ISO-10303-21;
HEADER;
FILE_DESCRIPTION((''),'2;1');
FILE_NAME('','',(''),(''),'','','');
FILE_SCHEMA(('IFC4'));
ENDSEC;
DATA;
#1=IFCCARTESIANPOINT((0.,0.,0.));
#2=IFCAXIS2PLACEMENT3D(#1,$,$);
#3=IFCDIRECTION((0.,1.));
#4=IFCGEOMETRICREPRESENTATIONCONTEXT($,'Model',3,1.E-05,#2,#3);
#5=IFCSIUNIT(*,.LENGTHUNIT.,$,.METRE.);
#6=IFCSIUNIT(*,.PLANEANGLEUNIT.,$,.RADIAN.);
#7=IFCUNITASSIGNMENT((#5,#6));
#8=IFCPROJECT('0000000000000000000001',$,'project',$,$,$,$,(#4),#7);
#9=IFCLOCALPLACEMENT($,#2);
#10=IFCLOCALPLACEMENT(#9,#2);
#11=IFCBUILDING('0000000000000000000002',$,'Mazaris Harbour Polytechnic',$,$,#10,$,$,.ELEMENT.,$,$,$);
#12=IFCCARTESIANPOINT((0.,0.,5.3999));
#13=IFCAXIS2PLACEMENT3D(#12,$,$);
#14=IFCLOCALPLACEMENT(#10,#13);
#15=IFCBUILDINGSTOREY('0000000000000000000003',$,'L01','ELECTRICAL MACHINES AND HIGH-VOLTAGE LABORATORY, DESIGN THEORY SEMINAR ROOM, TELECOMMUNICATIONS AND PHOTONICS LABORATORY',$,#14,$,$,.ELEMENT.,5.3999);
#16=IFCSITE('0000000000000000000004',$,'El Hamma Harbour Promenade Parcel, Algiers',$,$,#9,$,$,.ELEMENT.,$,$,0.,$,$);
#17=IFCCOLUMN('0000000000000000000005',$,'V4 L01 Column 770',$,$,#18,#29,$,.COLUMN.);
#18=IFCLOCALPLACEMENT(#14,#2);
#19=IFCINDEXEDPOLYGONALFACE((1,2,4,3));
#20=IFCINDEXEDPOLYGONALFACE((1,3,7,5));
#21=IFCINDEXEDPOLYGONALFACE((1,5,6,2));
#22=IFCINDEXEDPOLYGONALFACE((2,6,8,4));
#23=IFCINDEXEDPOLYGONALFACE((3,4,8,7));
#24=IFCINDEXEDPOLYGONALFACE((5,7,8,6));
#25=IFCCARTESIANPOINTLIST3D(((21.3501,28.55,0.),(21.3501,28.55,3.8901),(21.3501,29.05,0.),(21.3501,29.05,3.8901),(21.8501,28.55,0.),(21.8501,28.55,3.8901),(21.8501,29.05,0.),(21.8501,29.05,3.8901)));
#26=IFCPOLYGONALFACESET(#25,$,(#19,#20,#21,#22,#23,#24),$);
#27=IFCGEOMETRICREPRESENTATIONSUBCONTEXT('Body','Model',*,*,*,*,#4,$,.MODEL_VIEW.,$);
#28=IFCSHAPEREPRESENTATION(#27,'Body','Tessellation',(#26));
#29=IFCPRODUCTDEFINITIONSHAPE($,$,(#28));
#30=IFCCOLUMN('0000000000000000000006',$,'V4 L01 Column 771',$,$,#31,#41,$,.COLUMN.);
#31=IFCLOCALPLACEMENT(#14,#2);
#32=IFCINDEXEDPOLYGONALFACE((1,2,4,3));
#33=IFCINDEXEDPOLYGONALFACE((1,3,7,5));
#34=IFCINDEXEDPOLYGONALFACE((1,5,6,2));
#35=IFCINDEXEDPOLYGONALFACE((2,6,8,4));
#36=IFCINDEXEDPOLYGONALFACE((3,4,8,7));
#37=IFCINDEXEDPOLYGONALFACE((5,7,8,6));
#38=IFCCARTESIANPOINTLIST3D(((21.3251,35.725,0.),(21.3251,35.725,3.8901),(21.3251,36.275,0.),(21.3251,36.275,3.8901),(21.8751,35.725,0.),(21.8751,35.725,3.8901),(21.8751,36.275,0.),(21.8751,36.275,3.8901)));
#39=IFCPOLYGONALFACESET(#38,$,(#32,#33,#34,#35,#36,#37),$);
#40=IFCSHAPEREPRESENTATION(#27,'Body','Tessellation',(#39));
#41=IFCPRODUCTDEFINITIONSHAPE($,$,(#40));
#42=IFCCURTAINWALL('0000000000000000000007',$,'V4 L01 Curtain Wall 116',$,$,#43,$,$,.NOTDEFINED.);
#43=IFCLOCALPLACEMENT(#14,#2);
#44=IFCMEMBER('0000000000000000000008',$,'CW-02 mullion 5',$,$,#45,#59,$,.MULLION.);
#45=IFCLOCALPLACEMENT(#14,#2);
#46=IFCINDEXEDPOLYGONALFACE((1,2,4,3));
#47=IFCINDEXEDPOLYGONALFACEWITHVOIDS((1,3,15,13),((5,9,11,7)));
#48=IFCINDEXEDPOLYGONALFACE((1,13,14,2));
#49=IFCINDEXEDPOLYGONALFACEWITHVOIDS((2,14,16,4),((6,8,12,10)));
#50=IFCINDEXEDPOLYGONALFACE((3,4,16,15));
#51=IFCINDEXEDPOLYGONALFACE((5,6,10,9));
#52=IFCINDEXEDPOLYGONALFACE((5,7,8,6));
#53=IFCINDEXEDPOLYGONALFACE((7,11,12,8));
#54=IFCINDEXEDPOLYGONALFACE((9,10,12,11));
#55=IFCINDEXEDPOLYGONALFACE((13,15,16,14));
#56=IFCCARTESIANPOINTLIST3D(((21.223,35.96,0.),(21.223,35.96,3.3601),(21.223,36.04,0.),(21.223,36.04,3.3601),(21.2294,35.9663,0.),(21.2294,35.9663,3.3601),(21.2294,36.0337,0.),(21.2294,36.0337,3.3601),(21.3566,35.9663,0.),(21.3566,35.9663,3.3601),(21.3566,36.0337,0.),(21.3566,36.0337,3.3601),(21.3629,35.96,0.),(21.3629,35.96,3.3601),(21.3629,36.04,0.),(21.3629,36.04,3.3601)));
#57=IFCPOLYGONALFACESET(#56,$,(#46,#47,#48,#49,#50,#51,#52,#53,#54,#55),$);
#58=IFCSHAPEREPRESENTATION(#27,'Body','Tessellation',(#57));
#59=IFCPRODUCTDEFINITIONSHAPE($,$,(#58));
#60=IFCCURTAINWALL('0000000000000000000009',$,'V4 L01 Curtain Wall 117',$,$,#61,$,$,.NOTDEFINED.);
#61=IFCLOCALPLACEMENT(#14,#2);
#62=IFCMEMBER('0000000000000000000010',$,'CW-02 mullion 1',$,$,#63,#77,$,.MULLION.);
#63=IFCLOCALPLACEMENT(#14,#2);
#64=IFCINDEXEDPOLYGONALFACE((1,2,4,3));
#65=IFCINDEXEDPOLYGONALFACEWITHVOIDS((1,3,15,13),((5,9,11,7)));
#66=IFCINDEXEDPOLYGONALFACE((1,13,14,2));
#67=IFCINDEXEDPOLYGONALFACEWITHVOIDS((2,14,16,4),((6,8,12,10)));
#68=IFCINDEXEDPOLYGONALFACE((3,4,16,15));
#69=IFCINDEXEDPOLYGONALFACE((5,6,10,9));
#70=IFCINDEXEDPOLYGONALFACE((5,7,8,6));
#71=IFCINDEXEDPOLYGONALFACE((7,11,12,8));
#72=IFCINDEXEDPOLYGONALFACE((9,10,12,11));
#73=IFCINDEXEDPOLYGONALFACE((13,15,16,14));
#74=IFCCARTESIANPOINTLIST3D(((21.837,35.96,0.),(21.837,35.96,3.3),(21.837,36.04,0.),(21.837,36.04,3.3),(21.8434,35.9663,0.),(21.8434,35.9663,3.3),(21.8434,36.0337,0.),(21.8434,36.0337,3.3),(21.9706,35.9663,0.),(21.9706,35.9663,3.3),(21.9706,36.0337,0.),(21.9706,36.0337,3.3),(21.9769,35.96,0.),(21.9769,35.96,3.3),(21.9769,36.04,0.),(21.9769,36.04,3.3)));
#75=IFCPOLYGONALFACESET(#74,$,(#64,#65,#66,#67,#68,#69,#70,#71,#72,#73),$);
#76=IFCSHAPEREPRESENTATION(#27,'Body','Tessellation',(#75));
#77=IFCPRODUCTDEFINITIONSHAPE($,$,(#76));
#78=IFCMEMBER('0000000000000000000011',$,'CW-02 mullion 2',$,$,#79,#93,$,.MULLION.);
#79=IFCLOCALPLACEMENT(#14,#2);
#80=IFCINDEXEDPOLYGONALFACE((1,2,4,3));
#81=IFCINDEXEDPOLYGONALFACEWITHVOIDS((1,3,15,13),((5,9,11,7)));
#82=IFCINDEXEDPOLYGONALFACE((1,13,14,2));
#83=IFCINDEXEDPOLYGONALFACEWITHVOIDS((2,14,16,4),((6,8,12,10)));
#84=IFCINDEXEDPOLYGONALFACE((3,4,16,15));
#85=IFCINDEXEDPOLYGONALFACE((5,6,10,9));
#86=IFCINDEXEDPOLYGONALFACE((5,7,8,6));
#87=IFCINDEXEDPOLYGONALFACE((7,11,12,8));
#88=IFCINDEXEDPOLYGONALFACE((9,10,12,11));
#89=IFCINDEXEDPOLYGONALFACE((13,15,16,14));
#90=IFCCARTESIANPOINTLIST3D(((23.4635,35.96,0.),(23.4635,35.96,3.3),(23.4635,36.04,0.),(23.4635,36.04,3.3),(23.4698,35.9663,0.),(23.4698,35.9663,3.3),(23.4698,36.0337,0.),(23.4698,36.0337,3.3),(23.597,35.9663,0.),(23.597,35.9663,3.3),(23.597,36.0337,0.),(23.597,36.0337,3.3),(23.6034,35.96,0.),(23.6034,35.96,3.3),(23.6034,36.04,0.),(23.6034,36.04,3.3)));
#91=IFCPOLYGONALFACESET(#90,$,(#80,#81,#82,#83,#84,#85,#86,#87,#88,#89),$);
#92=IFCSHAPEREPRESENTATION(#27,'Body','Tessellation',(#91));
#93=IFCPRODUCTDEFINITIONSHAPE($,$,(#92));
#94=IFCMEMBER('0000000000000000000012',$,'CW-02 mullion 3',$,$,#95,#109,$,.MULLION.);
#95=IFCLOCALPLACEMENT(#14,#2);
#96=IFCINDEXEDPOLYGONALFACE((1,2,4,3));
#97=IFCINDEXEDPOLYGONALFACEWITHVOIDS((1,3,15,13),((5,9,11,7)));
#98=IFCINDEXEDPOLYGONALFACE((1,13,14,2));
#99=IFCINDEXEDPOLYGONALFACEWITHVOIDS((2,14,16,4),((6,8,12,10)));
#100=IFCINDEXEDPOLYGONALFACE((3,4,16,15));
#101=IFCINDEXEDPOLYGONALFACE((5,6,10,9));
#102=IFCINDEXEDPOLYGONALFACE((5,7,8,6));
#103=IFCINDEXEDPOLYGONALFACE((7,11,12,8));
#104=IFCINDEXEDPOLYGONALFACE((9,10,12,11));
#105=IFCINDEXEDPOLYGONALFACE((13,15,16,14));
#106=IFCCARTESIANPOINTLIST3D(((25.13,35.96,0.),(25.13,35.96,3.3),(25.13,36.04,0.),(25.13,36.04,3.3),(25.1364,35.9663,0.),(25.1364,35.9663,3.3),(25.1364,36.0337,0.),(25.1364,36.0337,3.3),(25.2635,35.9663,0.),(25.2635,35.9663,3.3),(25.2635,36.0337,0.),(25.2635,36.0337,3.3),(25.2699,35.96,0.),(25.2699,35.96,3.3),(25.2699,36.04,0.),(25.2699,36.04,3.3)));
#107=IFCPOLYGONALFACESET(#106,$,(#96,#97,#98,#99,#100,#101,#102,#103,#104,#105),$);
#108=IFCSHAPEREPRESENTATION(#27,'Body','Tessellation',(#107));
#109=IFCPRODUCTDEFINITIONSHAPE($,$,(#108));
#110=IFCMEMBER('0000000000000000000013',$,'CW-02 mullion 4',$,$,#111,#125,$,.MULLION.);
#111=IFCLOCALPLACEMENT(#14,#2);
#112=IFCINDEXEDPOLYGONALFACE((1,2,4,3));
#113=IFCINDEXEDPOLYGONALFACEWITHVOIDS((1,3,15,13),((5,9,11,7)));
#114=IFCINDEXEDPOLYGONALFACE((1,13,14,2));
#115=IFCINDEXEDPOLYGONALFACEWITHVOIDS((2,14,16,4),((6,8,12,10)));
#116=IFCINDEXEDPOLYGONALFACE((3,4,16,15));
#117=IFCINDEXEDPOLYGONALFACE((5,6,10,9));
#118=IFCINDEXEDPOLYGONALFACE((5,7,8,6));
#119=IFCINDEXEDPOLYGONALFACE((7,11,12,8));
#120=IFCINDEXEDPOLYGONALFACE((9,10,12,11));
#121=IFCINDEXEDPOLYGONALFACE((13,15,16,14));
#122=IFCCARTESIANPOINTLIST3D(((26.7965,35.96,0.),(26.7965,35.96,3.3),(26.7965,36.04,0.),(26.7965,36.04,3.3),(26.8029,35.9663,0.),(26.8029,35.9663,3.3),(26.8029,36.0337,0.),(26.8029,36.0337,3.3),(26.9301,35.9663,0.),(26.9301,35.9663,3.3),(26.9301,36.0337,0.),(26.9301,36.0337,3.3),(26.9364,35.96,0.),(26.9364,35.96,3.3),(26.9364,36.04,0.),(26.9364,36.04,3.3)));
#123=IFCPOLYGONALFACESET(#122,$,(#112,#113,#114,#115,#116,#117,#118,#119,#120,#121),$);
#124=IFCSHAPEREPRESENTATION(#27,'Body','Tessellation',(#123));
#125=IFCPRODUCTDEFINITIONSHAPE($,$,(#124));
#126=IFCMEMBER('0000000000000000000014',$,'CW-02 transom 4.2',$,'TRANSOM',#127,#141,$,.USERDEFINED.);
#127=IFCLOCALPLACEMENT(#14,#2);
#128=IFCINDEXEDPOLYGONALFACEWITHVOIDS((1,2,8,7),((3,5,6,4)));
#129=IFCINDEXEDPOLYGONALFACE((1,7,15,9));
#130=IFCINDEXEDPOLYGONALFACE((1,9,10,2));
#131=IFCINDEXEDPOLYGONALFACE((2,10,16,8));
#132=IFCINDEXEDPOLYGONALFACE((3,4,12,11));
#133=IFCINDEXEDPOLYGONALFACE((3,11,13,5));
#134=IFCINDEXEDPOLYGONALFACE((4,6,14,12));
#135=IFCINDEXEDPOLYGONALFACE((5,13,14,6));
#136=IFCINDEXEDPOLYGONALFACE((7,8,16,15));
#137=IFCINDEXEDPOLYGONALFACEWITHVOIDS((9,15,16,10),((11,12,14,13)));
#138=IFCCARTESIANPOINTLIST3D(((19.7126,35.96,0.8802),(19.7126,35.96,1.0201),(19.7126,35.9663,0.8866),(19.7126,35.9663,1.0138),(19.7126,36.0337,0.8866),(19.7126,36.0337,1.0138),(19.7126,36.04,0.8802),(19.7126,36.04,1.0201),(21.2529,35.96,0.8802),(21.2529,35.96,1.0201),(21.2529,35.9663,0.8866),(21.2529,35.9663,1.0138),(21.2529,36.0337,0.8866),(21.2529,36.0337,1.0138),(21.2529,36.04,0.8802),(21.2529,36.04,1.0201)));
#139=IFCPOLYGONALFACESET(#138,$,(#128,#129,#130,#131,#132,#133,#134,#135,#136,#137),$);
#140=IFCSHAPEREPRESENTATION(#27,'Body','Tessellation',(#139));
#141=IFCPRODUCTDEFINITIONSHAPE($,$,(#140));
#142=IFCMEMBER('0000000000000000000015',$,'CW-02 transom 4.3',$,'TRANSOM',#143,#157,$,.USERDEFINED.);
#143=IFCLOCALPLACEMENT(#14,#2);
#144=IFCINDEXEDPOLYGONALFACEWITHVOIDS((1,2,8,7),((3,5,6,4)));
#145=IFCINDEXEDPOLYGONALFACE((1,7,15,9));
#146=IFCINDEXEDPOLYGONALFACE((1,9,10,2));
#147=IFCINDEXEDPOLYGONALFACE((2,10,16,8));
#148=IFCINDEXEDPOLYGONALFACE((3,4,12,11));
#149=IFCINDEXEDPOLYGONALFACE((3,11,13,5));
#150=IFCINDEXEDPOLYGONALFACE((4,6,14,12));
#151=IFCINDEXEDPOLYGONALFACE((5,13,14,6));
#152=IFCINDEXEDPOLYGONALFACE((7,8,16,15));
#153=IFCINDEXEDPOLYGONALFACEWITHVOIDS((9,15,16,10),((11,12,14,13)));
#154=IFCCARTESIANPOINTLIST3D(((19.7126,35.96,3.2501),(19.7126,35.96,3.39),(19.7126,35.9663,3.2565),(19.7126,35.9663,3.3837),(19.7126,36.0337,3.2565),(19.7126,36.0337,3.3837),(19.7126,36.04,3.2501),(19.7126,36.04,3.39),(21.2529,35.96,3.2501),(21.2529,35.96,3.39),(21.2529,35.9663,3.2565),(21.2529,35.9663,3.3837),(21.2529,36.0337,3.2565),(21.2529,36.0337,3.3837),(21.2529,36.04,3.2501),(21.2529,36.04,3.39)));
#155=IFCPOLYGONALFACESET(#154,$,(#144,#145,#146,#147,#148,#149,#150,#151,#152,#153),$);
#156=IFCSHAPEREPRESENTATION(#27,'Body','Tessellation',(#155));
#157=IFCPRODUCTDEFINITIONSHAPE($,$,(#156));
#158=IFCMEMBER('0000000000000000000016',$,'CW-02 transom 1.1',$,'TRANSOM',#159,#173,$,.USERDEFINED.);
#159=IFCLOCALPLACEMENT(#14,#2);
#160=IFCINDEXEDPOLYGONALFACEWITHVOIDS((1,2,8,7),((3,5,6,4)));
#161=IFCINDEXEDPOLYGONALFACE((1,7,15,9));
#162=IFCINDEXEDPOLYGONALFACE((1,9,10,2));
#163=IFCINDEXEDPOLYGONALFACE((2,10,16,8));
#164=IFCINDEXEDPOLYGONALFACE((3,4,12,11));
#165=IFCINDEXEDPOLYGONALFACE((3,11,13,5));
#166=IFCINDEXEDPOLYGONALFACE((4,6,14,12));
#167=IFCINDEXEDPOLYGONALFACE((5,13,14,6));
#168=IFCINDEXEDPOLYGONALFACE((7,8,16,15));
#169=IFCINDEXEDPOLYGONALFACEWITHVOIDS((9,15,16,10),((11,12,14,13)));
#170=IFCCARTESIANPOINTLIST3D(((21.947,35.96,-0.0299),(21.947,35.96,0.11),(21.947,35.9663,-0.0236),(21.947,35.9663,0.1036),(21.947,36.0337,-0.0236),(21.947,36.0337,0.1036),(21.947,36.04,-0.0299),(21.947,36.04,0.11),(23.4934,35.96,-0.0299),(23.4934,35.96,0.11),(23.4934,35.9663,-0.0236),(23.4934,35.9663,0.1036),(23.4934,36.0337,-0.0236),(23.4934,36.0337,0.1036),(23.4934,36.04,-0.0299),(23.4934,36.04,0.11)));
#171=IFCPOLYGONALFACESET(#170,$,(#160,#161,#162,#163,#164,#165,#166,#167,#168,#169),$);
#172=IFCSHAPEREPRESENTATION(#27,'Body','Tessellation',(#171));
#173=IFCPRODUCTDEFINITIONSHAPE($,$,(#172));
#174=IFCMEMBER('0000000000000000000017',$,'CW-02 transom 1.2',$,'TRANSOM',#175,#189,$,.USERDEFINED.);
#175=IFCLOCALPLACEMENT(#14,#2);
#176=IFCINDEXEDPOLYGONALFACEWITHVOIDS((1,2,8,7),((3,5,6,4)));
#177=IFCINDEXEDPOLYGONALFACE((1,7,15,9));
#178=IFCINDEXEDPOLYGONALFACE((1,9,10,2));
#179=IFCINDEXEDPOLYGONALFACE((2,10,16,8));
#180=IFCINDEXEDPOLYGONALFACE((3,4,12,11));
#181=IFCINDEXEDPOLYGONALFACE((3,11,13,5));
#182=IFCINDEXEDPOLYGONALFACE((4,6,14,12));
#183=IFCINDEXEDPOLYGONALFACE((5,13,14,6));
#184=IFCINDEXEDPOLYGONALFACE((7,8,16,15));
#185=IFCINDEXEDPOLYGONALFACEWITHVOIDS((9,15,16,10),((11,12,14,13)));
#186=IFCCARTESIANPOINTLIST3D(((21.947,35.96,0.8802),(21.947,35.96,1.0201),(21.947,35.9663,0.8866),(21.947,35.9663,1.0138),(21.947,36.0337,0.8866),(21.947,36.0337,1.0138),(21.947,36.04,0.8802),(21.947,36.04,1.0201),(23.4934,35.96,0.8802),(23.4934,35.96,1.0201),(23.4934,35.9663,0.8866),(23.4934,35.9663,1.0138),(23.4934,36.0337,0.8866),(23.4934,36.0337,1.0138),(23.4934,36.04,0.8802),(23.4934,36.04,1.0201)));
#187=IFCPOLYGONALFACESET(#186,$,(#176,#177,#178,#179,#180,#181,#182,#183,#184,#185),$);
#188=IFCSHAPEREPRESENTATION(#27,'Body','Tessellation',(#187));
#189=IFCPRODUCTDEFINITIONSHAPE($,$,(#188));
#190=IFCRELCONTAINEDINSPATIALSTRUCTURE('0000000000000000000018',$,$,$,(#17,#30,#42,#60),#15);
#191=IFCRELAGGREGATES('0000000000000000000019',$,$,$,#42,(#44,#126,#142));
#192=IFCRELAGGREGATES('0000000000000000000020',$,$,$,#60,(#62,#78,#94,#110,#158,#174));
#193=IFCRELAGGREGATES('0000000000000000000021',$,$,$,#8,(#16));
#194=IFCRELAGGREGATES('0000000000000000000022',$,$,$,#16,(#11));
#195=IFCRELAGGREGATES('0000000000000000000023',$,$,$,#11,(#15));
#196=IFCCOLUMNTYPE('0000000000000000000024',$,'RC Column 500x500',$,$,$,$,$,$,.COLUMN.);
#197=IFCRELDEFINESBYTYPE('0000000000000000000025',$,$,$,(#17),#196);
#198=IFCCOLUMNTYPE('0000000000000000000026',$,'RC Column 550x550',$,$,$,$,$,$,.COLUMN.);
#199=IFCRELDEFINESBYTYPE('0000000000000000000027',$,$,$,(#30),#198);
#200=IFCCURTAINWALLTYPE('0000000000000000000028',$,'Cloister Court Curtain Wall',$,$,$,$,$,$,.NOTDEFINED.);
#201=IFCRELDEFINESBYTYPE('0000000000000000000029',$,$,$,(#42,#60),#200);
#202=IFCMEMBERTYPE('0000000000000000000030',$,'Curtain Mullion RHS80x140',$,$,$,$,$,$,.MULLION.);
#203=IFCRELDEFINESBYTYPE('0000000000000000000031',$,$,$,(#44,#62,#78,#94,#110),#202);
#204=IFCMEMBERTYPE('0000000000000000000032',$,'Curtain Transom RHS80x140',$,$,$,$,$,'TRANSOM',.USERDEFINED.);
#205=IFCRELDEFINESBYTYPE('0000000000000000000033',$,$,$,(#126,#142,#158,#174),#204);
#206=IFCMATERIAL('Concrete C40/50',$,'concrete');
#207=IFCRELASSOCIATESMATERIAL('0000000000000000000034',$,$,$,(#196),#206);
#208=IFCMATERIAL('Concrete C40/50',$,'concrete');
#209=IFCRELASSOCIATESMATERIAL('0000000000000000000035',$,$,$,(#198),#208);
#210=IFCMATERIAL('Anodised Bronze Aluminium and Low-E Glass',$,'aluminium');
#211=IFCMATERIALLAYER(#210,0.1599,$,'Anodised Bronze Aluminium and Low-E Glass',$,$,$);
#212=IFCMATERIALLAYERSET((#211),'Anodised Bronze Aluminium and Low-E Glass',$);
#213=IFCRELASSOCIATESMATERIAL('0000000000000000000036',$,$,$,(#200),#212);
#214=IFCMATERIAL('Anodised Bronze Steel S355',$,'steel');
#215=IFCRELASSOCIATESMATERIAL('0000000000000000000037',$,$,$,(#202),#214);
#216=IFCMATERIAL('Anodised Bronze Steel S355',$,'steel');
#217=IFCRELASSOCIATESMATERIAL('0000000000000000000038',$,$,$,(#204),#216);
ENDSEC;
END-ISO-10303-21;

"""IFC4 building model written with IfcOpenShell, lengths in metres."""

from ifc_helpers import new_model, si_unit, direction, frame, origin, origin_2d, place, context, subcontext, project, spatial, rectangle, hollow_rectangle, extrude, material, layer, layer_set, material_profile, profile_set, type_object, element, aggregate, save


model = new_model("IFC4")

# Units and contexts
model_context = context("Model", 3, precision=1e-05, world=origin(), true_north=direction((0.0, 1.0)))
body_context = subcontext(model_context, "Body", "Model", "MODEL_VIEW")
ifc_project = project(units=[si_unit("LENGTHUNIT", "METRE"), si_unit("PLANEANGLEUNIT", "RADIAN")], contexts=[model_context])

# Site, building, storey
site_placement = place(None, origin())
site = spatial("IfcSite", under=ifc_project, at=site_placement, Name="El Hamma Harbour Promenade Parcel, Algiers", CompositionType="ELEMENT", RefElevation=0.0)
building_placement = place(site_placement, origin())
building = spatial("IfcBuilding", under=site, at=building_placement, Name="Mazaris Harbour Polytechnic", CompositionType="ELEMENT")
storey_placement = place(building_placement, frame((0.0, 0.0, 5.3999)))
storey = spatial("IfcBuildingStorey", under=building, at=storey_placement, Name="L01", Description="ELECTRICAL MACHINES AND HIGH-VOLTAGE LABORATORY, DESIGN THEORY SEMINAR ROOM, TELECOMMUNICATIONS AND PHOTONICS LABORATORY", CompositionType="ELEMENT", Elevation=5.3999)

# Columns
ifc_material_1 = material(Name="Concrete C40/50", Category="concrete")
ifc_material_profile_1 = material_profile(ifc_material_1, rectangle(XDim=0.5, YDim=0.5, at=origin_2d()), Name="RECT500x500")
ifc_profile_set_1 = profile_set([ifc_material_profile_1], Name="Concrete C40/50")
column_type_1 = type_object("IfcColumnType", Name="RC Column 500x500", PredefinedType="COLUMN", material=ifc_profile_set_1)
column_1_placement = place(storey_placement, frame((21.6001, 28.8, 0.0), z_axis=(0.0, 0.0, 1.0), x_axis=(1.0, 0.0, 0.0)))
element("IfcColumn", 1, at=column_1_placement, inside=storey, type_object=column_type_1, Name="V4 L01 Column 770", PredefinedType="COLUMN", context=body_context, shape_type="SweptSolid", body=[
    extrude(rectangle(XDim=0.5, YDim=0.5, at=origin_2d()), origin(), (0.0, 0.0, 1.0), 3.8901),
])
ifc_material_2 = material(Name="Concrete C40/50", Category="concrete")
ifc_material_profile_2 = material_profile(ifc_material_2, rectangle(XDim=0.55, YDim=0.55, at=origin_2d()), Name="RECT550x550")
ifc_profile_set_2 = profile_set([ifc_material_profile_2], Name="Concrete C40/50")
column_type_2 = type_object("IfcColumnType", Name="RC Column 550x550", PredefinedType="COLUMN", material=ifc_profile_set_2)
column_2_placement = place(storey_placement, frame((21.6001, 36.0, 0.0), z_axis=(0.0, 0.0, 1.0), x_axis=(1.0, 0.0, 0.0)))
element("IfcColumn", 2, at=column_2_placement, inside=storey, type_object=column_type_2, Name="V4 L01 Column 771", PredefinedType="COLUMN", context=body_context, shape_type="SweptSolid", body=[
    extrude(rectangle(XDim=0.55, YDim=0.55, at=origin_2d()), origin(), (0.0, 0.0, 1.0), 3.8901),
])

# Curtain wall, member
ifc_material_3 = material(Name="Anodised Bronze Aluminium and Low-E Glass", Category="aluminium")
ifc_layer_1 = layer(ifc_material_3, 0.1599, Name="Anodised Bronze Aluminium and Low-E Glass")
ifc_layer_set_1 = layer_set([ifc_layer_1], Name="Anodised Bronze Aluminium and Low-E Glass")
curtain_wall_type = type_object("IfcCurtainWallType", Name="Cloister Court Curtain Wall", PredefinedType="NOTDEFINED", material=ifc_layer_set_1)
curtain_wall_1_placement = place(storey_placement, origin())
curtain_wall_1 = element("IfcCurtainWall", 3, at=curtain_wall_1_placement, inside=storey, type_object=curtain_wall_type, Name="V4 L01 Curtain Wall 116", PredefinedType="NOTDEFINED")
ifc_material_4 = material(Name="Anodised Bronze Steel S355", Category="steel")
ifc_material_profile_3 = material_profile(ifc_material_4, hollow_rectangle(XDim=0.0801, YDim=0.1399, WallThickness=0.0063, at=origin_2d()), Name="RHS 80x140x6.3")
ifc_profile_set_3 = profile_set([ifc_material_profile_3], Name="Anodised Bronze Steel S355")
member_type_1 = type_object("IfcMemberType", Name="Curtain Mullion RHS80x140", PredefinedType="MULLION", material=ifc_profile_set_3)
member_1_placement = place(storey_placement, frame((21.293, 36.0, 0.0), z_axis=(0.0, 0.0, 1.0), x_axis=(0.0, 1.0, 0.0)))
member_1 = element("IfcMember", 4, at=member_1_placement, type_object=member_type_1, Name="CW-02 mullion 5", PredefinedType="MULLION", context=body_context, shape_type="SweptSolid", body=[
    extrude(hollow_rectangle(XDim=0.0801, YDim=0.1399, WallThickness=0.0063, at=origin_2d()), origin(), (0.0, 0.0, 1.0), 3.3601),
])

# Curtain wall, members
curtain_wall_2_placement = place(storey_placement, origin())
curtain_wall_2 = element("IfcCurtainWall", 5, at=curtain_wall_2_placement, inside=storey, type_object=curtain_wall_type, Name="V4 L01 Curtain Wall 117", PredefinedType="NOTDEFINED")
member_2_placement = place(storey_placement, frame((21.907, 36.0, 0.0), z_axis=(0.0, 0.0, 1.0), x_axis=(0.0, 1.0, 0.0)))
member_2 = element("IfcMember", 6, at=member_2_placement, type_object=member_type_1, Name="CW-02 mullion 1", PredefinedType="MULLION", context=body_context, shape_type="SweptSolid", body=[
    extrude(hollow_rectangle(XDim=0.0801, YDim=0.1399, WallThickness=0.0063, at=origin_2d()), origin(), (0.0, 0.0, 1.0), 3.3),
])
member_3_placement = place(storey_placement, frame((23.5334, 36.0, 0.0), z_axis=(0.0, 0.0, 1.0), x_axis=(0.0, 1.0, 0.0)))
member_3 = element("IfcMember", 7, at=member_3_placement, type_object=member_type_1, Name="CW-02 mullion 2", PredefinedType="MULLION", context=body_context, shape_type="SweptSolid", body=[
    extrude(hollow_rectangle(XDim=0.0801, YDim=0.1399, WallThickness=0.0063, at=origin_2d()), origin(), (0.0, 0.0, 1.0), 3.3),
])
member_4_placement = place(storey_placement, frame((25.2, 36.0, 0.0), z_axis=(0.0, 0.0, 1.0), x_axis=(0.0, 1.0, 0.0)))
member_4 = element("IfcMember", 8, at=member_4_placement, type_object=member_type_1, Name="CW-02 mullion 3", PredefinedType="MULLION", context=body_context, shape_type="SweptSolid", body=[
    extrude(hollow_rectangle(XDim=0.0801, YDim=0.1399, WallThickness=0.0063, at=origin_2d()), origin(), (0.0, 0.0, 1.0), 3.3),
])
member_5_placement = place(storey_placement, frame((26.8665, 36.0, 0.0), z_axis=(0.0, 0.0, 1.0), x_axis=(0.0, 1.0, 0.0)))
member_5 = element("IfcMember", 9, at=member_5_placement, type_object=member_type_1, Name="CW-02 mullion 4", PredefinedType="MULLION", context=body_context, shape_type="SweptSolid", body=[
    extrude(hollow_rectangle(XDim=0.0801, YDim=0.1399, WallThickness=0.0063, at=origin_2d()), origin(), (0.0, 0.0, 1.0), 3.3),
])

# Members
ifc_material_5 = material(Name="Anodised Bronze Steel S355", Category="steel")
ifc_material_profile_4 = material_profile(ifc_material_5, hollow_rectangle(XDim=0.0801, YDim=0.1399, WallThickness=0.0063, at=origin_2d()), Name="RHS 80x140x6.3")
ifc_profile_set_4 = profile_set([ifc_material_profile_4], Name="Anodised Bronze Steel S355")
member_type_2 = type_object("IfcMemberType", Name="Curtain Transom RHS80x140", ElementType="TRANSOM", PredefinedType="USERDEFINED", material=ifc_profile_set_4)
member_6_placement = place(storey_placement, frame((19.7126, 36.0, 0.9502), z_axis=(1.0, 0.0, 0.0), x_axis=(0.0, 1.0, 0.0)))
member_6 = element("IfcMember", 10, at=member_6_placement, type_object=member_type_2, Name="CW-02 transom 4.2", ObjectType="TRANSOM", PredefinedType="USERDEFINED", context=body_context, shape_type="SweptSolid", body=[
    extrude(hollow_rectangle(XDim=0.0801, YDim=0.1399, WallThickness=0.0063, at=origin_2d()), origin(), (0.0, 0.0, 1.0), 1.5403),
])
member_7_placement = place(storey_placement, frame((19.7126, 36.0, 3.3201), z_axis=(1.0, 0.0, 0.0), x_axis=(0.0, 1.0, 0.0)))
member_7 = element("IfcMember", 11, at=member_7_placement, type_object=member_type_2, Name="CW-02 transom 4.3", ObjectType="TRANSOM", PredefinedType="USERDEFINED", context=body_context, shape_type="SweptSolid", body=[
    extrude(hollow_rectangle(XDim=0.0801, YDim=0.1399, WallThickness=0.0063, at=origin_2d()), origin(), (0.0, 0.0, 1.0), 1.5403),
])
member_8_placement = place(storey_placement, frame((21.947, 36.0, 0.04), z_axis=(1.0, 0.0, 0.0), x_axis=(0.0, 1.0, 0.0)))
member_8 = element("IfcMember", 12, at=member_8_placement, type_object=member_type_2, Name="CW-02 transom 1.1", ObjectType="TRANSOM", PredefinedType="USERDEFINED", context=body_context, shape_type="SweptSolid", body=[
    extrude(hollow_rectangle(XDim=0.0801, YDim=0.1399, WallThickness=0.0063, at=origin_2d()), origin(), (0.0, 0.0, 1.0), 1.5464),
])
member_9_placement = place(storey_placement, frame((21.947, 36.0, 0.9502), z_axis=(1.0, 0.0, 0.0), x_axis=(0.0, 1.0, 0.0)))
member_9 = element("IfcMember", 13, at=member_9_placement, type_object=member_type_2, Name="CW-02 transom 1.2", ObjectType="TRANSOM", PredefinedType="USERDEFINED", context=body_context, shape_type="SweptSolid", body=[
    extrude(hollow_rectangle(XDim=0.0801, YDim=0.1399, WallThickness=0.0063, at=origin_2d()), origin(), (0.0, 0.0, 1.0), 1.5464),
])

aggregate(curtain_wall_1, [member_1, member_6, member_7])
aggregate(curtain_wall_2, [member_2, member_3, member_4, member_5, member_8, member_9])

save(model, "model.ifc")
